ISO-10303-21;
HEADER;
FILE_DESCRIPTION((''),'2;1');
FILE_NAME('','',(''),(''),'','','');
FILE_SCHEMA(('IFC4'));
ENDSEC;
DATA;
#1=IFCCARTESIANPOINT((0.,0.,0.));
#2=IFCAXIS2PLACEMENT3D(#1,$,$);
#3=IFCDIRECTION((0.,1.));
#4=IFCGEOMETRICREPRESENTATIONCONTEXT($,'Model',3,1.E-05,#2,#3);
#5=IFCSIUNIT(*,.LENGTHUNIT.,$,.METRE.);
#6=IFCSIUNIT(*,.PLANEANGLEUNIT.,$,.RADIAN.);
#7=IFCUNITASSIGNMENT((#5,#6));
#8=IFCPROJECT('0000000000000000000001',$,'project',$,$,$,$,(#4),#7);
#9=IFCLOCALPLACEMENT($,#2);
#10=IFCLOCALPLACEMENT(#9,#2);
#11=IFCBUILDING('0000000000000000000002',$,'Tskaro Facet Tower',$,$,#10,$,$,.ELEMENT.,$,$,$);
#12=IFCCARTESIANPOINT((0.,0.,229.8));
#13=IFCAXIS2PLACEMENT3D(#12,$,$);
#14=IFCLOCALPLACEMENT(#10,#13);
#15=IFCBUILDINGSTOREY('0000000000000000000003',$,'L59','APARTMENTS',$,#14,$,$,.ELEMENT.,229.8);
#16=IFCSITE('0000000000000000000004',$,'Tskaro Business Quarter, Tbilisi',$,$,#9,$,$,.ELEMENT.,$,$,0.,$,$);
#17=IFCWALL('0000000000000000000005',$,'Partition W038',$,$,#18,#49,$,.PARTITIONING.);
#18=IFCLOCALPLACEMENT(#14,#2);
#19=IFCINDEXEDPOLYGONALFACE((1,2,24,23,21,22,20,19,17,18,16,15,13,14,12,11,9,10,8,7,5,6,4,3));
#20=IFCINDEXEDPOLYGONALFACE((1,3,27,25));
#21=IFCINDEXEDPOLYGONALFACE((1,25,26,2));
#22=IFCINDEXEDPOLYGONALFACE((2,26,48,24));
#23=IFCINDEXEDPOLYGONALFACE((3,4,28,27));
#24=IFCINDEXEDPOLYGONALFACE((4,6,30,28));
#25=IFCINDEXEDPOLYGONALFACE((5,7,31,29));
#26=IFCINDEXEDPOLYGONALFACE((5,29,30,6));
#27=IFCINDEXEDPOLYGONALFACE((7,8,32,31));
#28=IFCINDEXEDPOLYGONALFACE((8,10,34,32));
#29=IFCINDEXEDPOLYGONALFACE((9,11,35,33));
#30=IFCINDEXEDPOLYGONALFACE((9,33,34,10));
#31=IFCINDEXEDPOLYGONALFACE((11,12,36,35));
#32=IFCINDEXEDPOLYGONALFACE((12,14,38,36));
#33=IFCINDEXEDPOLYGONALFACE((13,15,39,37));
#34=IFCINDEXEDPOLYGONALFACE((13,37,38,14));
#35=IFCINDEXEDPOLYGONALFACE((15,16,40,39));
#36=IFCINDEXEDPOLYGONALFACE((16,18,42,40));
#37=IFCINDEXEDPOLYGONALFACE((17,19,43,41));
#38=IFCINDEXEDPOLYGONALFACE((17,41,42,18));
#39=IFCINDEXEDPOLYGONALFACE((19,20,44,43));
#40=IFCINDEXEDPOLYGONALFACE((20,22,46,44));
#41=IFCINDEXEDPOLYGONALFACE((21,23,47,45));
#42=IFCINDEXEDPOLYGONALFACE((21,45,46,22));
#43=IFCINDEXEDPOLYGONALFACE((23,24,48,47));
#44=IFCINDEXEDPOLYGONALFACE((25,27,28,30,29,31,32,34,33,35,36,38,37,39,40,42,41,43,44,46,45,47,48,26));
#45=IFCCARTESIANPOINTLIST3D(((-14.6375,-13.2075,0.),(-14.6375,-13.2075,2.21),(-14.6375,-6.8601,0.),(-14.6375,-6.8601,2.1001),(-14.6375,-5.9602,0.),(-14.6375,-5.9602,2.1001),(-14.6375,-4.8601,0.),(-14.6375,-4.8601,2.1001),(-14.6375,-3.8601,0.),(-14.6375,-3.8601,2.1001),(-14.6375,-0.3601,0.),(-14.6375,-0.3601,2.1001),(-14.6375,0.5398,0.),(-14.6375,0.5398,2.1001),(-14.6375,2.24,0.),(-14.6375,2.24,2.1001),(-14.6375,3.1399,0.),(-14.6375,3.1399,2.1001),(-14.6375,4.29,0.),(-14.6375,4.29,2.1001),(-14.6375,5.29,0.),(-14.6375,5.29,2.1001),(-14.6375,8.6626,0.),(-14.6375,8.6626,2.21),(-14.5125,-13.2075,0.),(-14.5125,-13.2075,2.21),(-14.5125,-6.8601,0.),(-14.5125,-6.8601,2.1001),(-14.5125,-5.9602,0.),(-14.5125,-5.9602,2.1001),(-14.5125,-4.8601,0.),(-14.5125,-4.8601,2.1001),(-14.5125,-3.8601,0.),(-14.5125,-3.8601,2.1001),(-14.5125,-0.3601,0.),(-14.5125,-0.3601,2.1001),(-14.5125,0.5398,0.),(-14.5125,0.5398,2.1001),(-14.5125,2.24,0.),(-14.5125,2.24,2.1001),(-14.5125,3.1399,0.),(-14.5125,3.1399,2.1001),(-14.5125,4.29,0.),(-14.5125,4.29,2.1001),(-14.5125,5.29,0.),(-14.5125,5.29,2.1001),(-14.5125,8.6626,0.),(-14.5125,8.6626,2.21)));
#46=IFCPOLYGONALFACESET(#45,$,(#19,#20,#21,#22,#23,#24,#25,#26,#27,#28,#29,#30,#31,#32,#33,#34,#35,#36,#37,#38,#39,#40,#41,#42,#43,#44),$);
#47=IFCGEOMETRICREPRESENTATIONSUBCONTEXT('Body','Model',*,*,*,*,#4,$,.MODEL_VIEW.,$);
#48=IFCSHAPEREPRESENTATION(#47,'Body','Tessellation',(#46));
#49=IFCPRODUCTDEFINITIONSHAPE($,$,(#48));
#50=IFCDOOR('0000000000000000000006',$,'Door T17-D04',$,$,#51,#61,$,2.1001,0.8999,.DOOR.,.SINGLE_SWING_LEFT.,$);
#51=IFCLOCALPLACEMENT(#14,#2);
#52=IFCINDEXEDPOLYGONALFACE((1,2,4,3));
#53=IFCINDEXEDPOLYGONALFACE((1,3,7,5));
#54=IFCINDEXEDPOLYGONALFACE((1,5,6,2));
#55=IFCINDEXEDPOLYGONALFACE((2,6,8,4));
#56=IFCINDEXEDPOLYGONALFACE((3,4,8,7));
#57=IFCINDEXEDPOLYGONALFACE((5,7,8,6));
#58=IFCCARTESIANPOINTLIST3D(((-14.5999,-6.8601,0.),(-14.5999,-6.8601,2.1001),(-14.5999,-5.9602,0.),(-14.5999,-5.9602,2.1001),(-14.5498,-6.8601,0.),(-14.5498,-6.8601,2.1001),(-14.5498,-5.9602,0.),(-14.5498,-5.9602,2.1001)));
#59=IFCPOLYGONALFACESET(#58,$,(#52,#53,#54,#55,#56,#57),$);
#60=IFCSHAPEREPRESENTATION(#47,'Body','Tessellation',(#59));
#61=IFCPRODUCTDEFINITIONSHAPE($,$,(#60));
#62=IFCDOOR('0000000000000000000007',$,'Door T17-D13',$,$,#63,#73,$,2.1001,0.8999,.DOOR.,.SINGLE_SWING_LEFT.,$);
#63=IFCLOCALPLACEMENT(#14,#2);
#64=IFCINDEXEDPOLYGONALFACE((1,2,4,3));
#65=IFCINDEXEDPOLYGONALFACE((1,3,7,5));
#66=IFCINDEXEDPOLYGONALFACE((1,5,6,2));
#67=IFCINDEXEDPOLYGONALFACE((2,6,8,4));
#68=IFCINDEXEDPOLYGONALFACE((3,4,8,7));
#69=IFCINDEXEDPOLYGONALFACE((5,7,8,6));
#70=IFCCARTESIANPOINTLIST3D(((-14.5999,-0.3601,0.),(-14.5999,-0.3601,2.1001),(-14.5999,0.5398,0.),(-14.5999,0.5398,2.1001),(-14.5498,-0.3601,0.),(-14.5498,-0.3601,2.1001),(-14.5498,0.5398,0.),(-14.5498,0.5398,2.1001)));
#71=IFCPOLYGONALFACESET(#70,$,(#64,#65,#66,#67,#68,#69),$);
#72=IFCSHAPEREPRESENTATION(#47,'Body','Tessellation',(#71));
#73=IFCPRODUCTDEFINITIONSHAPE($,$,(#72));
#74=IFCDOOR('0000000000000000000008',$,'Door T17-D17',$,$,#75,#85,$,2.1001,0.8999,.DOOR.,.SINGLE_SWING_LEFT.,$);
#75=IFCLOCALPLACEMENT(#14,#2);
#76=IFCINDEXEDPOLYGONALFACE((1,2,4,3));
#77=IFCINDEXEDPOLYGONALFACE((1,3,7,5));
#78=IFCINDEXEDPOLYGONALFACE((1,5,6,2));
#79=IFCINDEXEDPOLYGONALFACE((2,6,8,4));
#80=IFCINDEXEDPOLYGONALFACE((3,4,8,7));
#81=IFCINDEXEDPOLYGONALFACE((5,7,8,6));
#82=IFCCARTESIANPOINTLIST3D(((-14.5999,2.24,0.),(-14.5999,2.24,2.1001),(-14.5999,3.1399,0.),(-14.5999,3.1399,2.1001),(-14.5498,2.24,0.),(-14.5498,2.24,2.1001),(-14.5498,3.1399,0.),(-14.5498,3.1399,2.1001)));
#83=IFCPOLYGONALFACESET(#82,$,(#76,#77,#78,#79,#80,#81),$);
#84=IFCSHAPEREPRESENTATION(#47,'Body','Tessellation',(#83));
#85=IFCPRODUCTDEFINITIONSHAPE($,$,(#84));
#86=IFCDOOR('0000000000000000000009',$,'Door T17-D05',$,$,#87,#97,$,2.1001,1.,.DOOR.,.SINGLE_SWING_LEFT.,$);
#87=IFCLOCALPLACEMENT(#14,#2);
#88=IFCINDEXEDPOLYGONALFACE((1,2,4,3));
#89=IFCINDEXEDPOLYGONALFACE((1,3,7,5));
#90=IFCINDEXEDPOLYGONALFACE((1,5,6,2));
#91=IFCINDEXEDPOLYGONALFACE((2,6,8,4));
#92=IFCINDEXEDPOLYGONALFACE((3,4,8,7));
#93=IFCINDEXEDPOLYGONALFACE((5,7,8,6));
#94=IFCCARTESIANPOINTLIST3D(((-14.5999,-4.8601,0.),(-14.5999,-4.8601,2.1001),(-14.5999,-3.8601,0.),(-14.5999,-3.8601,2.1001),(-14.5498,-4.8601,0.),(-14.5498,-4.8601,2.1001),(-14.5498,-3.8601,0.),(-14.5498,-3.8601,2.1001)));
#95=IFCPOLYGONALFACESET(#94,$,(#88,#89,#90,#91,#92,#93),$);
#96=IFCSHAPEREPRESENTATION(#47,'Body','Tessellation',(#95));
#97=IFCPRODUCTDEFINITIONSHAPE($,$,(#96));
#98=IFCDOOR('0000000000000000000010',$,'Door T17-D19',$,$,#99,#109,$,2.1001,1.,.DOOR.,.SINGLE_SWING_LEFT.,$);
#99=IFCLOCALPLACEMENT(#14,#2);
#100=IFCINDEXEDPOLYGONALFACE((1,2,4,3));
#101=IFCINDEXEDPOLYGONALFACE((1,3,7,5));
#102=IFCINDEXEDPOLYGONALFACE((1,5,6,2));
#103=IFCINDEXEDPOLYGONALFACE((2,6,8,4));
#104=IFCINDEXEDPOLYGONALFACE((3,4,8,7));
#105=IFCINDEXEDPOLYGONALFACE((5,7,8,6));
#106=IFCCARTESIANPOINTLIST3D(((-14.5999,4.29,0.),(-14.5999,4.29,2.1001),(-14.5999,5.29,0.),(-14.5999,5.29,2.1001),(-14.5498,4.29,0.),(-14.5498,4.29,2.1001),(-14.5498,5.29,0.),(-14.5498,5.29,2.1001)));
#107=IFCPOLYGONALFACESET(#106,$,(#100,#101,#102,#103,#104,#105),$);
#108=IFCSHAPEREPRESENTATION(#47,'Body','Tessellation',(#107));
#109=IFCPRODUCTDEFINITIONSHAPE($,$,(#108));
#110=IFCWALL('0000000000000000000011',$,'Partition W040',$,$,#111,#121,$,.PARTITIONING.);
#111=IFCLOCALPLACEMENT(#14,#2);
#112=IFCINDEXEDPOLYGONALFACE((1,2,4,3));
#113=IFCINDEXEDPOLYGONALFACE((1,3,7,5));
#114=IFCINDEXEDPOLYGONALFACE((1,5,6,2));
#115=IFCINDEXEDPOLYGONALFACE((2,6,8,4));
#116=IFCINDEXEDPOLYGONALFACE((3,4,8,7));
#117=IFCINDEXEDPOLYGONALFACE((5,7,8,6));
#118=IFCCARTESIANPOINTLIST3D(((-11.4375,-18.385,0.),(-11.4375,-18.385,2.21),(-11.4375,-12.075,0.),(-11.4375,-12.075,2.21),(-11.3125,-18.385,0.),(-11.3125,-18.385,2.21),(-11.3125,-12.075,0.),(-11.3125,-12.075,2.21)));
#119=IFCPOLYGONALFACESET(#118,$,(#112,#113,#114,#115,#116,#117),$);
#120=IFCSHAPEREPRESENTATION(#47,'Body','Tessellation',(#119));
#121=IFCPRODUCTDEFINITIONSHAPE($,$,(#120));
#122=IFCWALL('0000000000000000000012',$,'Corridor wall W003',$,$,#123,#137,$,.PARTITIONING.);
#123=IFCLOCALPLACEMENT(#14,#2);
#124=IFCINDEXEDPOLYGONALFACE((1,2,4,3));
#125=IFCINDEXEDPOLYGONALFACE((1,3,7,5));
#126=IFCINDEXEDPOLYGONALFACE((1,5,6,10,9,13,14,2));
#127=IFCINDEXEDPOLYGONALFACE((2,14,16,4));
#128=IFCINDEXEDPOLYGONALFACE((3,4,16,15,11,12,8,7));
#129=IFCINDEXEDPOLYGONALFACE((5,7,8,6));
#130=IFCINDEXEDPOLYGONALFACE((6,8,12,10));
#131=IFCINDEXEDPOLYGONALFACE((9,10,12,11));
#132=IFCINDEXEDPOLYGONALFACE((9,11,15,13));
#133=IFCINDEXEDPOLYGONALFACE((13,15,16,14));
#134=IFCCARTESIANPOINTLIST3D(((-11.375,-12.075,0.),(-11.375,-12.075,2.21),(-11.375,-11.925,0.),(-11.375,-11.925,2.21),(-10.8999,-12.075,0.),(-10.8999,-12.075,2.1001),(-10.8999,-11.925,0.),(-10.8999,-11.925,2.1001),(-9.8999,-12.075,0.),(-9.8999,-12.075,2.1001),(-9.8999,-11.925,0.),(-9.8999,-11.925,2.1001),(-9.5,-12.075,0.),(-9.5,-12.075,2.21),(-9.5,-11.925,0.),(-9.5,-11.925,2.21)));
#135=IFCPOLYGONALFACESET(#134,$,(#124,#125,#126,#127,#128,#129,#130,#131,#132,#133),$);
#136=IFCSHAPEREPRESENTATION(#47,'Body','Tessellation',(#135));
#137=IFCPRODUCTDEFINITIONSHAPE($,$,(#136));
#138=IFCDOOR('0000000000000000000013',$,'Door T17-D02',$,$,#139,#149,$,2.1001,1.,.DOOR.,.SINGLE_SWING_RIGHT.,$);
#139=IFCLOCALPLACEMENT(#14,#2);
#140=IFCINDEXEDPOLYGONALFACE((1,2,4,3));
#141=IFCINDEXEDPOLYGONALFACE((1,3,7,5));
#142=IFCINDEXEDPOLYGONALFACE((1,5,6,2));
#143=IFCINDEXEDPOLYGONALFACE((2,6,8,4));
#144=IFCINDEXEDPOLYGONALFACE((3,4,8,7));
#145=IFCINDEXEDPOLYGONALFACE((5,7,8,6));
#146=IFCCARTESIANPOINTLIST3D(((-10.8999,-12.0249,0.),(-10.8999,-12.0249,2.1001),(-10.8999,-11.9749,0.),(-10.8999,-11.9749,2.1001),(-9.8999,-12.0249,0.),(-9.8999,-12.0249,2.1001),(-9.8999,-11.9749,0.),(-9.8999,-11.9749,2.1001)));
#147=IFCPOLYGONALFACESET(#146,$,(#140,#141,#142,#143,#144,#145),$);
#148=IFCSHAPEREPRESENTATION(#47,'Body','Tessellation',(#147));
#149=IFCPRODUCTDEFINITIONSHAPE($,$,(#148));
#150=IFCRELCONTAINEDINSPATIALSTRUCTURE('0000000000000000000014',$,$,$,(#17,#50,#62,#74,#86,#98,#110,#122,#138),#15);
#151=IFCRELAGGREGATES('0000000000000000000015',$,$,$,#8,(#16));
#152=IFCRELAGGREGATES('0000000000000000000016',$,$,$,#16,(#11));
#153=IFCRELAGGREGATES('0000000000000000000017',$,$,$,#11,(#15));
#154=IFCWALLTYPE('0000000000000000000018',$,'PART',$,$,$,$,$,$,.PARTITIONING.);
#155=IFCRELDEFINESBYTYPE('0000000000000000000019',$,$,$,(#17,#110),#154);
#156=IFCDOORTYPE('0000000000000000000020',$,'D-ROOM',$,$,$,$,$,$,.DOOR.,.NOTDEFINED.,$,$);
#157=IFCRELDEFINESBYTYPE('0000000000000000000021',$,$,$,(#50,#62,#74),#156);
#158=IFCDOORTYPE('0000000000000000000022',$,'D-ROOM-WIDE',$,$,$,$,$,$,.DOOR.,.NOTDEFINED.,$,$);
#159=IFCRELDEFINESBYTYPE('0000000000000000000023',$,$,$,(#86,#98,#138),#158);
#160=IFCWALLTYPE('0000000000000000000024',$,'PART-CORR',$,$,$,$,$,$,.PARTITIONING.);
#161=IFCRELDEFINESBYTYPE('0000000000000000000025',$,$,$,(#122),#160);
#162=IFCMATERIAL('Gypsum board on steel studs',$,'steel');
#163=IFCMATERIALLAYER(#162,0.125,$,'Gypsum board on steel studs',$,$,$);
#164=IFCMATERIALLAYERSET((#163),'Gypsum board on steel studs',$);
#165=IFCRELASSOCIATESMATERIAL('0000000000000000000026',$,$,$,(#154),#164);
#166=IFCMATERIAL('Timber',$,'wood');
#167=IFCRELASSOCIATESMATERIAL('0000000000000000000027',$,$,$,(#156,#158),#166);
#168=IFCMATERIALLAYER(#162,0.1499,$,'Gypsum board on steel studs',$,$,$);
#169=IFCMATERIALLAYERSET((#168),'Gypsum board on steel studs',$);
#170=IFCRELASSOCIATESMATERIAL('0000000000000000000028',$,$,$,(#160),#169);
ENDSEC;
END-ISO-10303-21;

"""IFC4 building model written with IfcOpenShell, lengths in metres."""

from ifc_helpers import new_model, si_unit, direction, frame, frame_2d, origin, place, context, subcontext, project, spatial, rectangle, extrude, material, layer, layer_set, type_object, element, fill, save


model = new_model("IFC4")

# Units and contexts
model_context = context("Model", 3, precision=1e-05, world=origin(), true_north=direction((0.0, 1.0)))
body_context = subcontext(model_context, "Body", "Model", "MODEL_VIEW")
ifc_project = project(units=[si_unit("LENGTHUNIT", "METRE"), si_unit("PLANEANGLEUNIT", "RADIAN")], contexts=[model_context])

# Site, building, storey
site_placement = place(None, origin())
site = spatial("IfcSite", under=ifc_project, at=site_placement, Name="Tskaro Business Quarter, Tbilisi", CompositionType="ELEMENT", RefElevation=0.0)
building_placement = place(site_placement, origin())
building = spatial("IfcBuilding", under=site, at=building_placement, Name="Tskaro Facet Tower", CompositionType="ELEMENT")
storey_placement = place(building_placement, frame((0.0, 0.0, 229.8)))
storey = spatial("IfcBuildingStorey", under=building, at=storey_placement, Name="L59", Description="APARTMENTS", CompositionType="ELEMENT", Elevation=229.8)

# Wall, openings, doors
ifc_material_1 = material(Name="Gypsum board on steel studs", Category="steel")
ifc_layer_1 = layer(ifc_material_1, 0.125, Name="Gypsum board on steel studs")
ifc_layer_set_1 = layer_set([ifc_layer_1], Name="Gypsum board on steel studs")
wall_type_1 = type_object("IfcWallType", Name="PART", PredefinedType="PARTITIONING", material=ifc_layer_set_1)
wall_1_placement = place(storey_placement, frame((-14.575, -13.2075, 0.0), z_axis=(0.0, 0.0, 1.0), x_axis=(0.0, 1.0, 0.0)))
wall_1 = element("IfcWall", 1, at=wall_1_placement, inside=storey, type_object=wall_type_1, Name="Partition W038", PredefinedType="PARTITIONING", context=body_context, shape_type="SweptSolid", body=[
    extrude(rectangle(XDim=21.8701, YDim=0.125, at=frame_2d((10.9351, 0.0))), origin(), (0.0, 0.0, 1.0), 2.21),
])
opening_1_placement = place(wall_1_placement, frame((6.3474, 0.0, 0.0)))
opening_1 = element("IfcOpeningElement", 2, at=opening_1_placement, cuts=wall_1, PredefinedType="OPENING", context=body_context, shape_type="SweptSolid", body=[
    extrude(rectangle(XDim=0.8999, YDim=2.1001, at=frame_2d((0.45, 1.05))), frame((0.0, 0.0725, 0.0), z_axis=(0.0, -1.0, 0.0), x_axis=(1.0, 0.0, 0.0)), (0.0, 0.0, 1.0), 0.145),
])
opening_2_placement = place(wall_1_placement, frame((8.3474, 0.0, 0.0)))
opening_2 = element("IfcOpeningElement", 3, at=opening_2_placement, cuts=wall_1, PredefinedType="OPENING", context=body_context, shape_type="SweptSolid", body=[
    extrude(rectangle(XDim=1.0, YDim=2.1001, at=frame_2d((0.5, 1.05))), frame((0.0, 0.0725, 0.0), z_axis=(0.0, -1.0, 0.0), x_axis=(1.0, 0.0, 0.0)), (0.0, 0.0, 1.0), 0.145),
])
opening_3_placement = place(wall_1_placement, frame((12.8474, 0.0, 0.0)))
opening_3 = element("IfcOpeningElement", 4, at=opening_3_placement, cuts=wall_1, PredefinedType="OPENING", context=body_context, shape_type="SweptSolid", body=[
    extrude(rectangle(XDim=0.8999, YDim=2.1001, at=frame_2d((0.45, 1.05))), frame((0.0, 0.0725, 0.0), z_axis=(0.0, -1.0, 0.0), x_axis=(1.0, 0.0, 0.0)), (0.0, 0.0, 1.0), 0.145),
])
opening_4_placement = place(wall_1_placement, frame((17.4976, 0.0, 0.0)))
opening_4 = element("IfcOpeningElement", 5, at=opening_4_placement, cuts=wall_1, PredefinedType="OPENING", context=body_context, shape_type="SweptSolid", body=[
    extrude(rectangle(XDim=1.0, YDim=2.1001, at=frame_2d((0.5, 1.05))), frame((0.0, 0.0725, 0.0), z_axis=(0.0, -1.0, 0.0), x_axis=(1.0, 0.0, 0.0)), (0.0, 0.0, 1.0), 0.145),
])
opening_5_placement = place(wall_1_placement, frame((15.4475, 0.0, 0.0)))
opening_5 = element("IfcOpeningElement", 6, at=opening_5_placement, cuts=wall_1, PredefinedType="OPENING", context=body_context, shape_type="SweptSolid", body=[
    extrude(rectangle(XDim=0.8999, YDim=2.1001, at=frame_2d((0.45, 1.05))), frame((0.0, 0.0725, 0.0), z_axis=(0.0, -1.0, 0.0), x_axis=(1.0, 0.0, 0.0)), (0.0, 0.0, 1.0), 0.145),
])
ifc_material_2 = material(Name="Timber", Category="wood")
door_type_1 = type_object("IfcDoorType", Name="D-ROOM", OperationType="NOTDEFINED", PredefinedType="DOOR", material=ifc_material_2)
door_1_placement = place(opening_1_placement, origin())
door_1 = element("IfcDoor", 7, at=door_1_placement, inside=storey, type_object=door_type_1, Name="Door T17-D04", OperationType="SINGLE_SWING_LEFT", OverallHeight=2.1001, OverallWidth=0.8999, PredefinedType="DOOR", context=body_context, shape_type="SweptSolid", body=[
    extrude(rectangle(XDim=0.8999, YDim=2.1001, at=frame_2d((0.45, 1.05))), frame((0.0, 0.0249, 0.0), z_axis=(0.0, -1.0, 0.0), x_axis=(1.0, 0.0, 0.0)), (0.0, 0.0, 1.0), 0.05),
])
fill(opening_1, door_1)
door_2_placement = place(opening_3_placement, origin())
door_2 = element("IfcDoor", 8, at=door_2_placement, inside=storey, type_object=door_type_1, Name="Door T17-D13", OperationType="SINGLE_SWING_LEFT", OverallHeight=2.1001, OverallWidth=0.8999, PredefinedType="DOOR", context=body_context, shape_type="SweptSolid", body=[
    extrude(rectangle(XDim=0.8999, YDim=2.1001, at=frame_2d((0.45, 1.05))), frame((0.0, 0.0249, 0.0), z_axis=(0.0, -1.0, 0.0), x_axis=(1.0, 0.0, 0.0)), (0.0, 0.0, 1.0), 0.05),
])
fill(opening_3, door_2)
door_3_placement = place(opening_5_placement, origin())
door_3 = element("IfcDoor", 9, at=door_3_placement, inside=storey, type_object=door_type_1, Name="Door T17-D17", OperationType="SINGLE_SWING_LEFT", OverallHeight=2.1001, OverallWidth=0.8999, PredefinedType="DOOR", context=body_context, shape_type="SweptSolid", body=[
    extrude(rectangle(XDim=0.8999, YDim=2.1001, at=frame_2d((0.45, 1.05))), frame((0.0, 0.0249, 0.0), z_axis=(0.0, -1.0, 0.0), x_axis=(1.0, 0.0, 0.0)), (0.0, 0.0, 1.0), 0.05),
])
fill(opening_5, door_3)
door_type_2 = type_object("IfcDoorType", Name="D-ROOM-WIDE", OperationType="NOTDEFINED", PredefinedType="DOOR", material=ifc_material_2)
door_4_placement = place(opening_2_placement, origin())
door_4 = element("IfcDoor", 10, at=door_4_placement, inside=storey, type_object=door_type_2, Name="Door T17-D05", OperationType="SINGLE_SWING_LEFT", OverallHeight=2.1001, OverallWidth=1.0, PredefinedType="DOOR", context=body_context, shape_type="SweptSolid", body=[
    extrude(rectangle(XDim=1.0, YDim=2.1001, at=frame_2d((0.5, 1.05))), frame((0.0, 0.0249, 0.0), z_axis=(0.0, -1.0, 0.0), x_axis=(1.0, 0.0, 0.0)), (0.0, 0.0, 1.0), 0.05),
])
fill(opening_2, door_4)
door_5_placement = place(opening_4_placement, origin())
door_5 = element("IfcDoor", 11, at=door_5_placement, inside=storey, type_object=door_type_2, Name="Door T17-D19", OperationType="SINGLE_SWING_LEFT", OverallHeight=2.1001, OverallWidth=1.0, PredefinedType="DOOR", context=body_context, shape_type="SweptSolid", body=[
    extrude(rectangle(XDim=1.0, YDim=2.1001, at=frame_2d((0.5, 1.05))), frame((0.0, 0.0249, 0.0), z_axis=(0.0, -1.0, 0.0), x_axis=(1.0, 0.0, 0.0)), (0.0, 0.0, 1.0), 0.05),
])
fill(opening_4, door_5)

# Wall
wall_2_placement = place(storey_placement, frame((-11.375, -18.385, 0.0), z_axis=(0.0, 0.0, 1.0), x_axis=(0.0, 1.0, 0.0)))
element("IfcWall", 12, at=wall_2_placement, inside=storey, type_object=wall_type_1, Name="Partition W040", PredefinedType="PARTITIONING", context=body_context, shape_type="SweptSolid", body=[
    extrude(rectangle(XDim=6.3101, YDim=0.125, at=frame_2d((3.155, 0.0))), origin(), (0.0, 0.0, 1.0), 2.21),
])

# Wall, opening, door
ifc_layer_2 = layer(ifc_material_1, 0.1499, Name="Gypsum board on steel studs")
ifc_layer_set_2 = layer_set([ifc_layer_2], Name="Gypsum board on steel studs")
wall_type_2 = type_object("IfcWallType", Name="PART-CORR", PredefinedType="PARTITIONING", material=ifc_layer_set_2)
wall_3_placement = place(storey_placement, frame((-9.5, -12.0, 0.0), z_axis=(0.0, 0.0, 1.0), x_axis=(-1.0, 0.0, 0.0)))
wall_3 = element("IfcWall", 13, at=wall_3_placement, inside=storey, type_object=wall_type_2, Name="Corridor wall W003", PredefinedType="PARTITIONING", context=body_context, shape_type="SweptSolid", body=[
    extrude(rectangle(XDim=1.875, YDim=0.1499, at=frame_2d((0.9375, 0.0))), origin(), (0.0, 0.0, 1.0), 2.21),
])
opening_6_placement = place(wall_3_placement, frame((0.3999, 0.0, 0.0)))
opening_6 = element("IfcOpeningElement", 14, at=opening_6_placement, cuts=wall_3, PredefinedType="OPENING", context=body_context, shape_type="SweptSolid", body=[
    extrude(rectangle(XDim=1.0, YDim=2.1001, at=frame_2d((0.5, 1.05))), frame((0.0, 0.085, 0.0), z_axis=(0.0, -1.0, 0.0), x_axis=(1.0, 0.0, 0.0)), (0.0, 0.0, 1.0), 0.1699),
])
door_6_placement = place(opening_6_placement, origin())
door_6 = element("IfcDoor", 15, at=door_6_placement, inside=storey, type_object=door_type_2, Name="Door T17-D02", OperationType="SINGLE_SWING_RIGHT", OverallHeight=2.1001, OverallWidth=1.0, PredefinedType="DOOR", context=body_context, shape_type="SweptSolid", body=[
    extrude(rectangle(XDim=1.0, YDim=2.1001, at=frame_2d((0.5, 1.05))), frame((0.0, 0.0249, 0.0), z_axis=(0.0, -1.0, 0.0), x_axis=(1.0, 0.0, 0.0)), (0.0, 0.0, 1.0), 0.05),
])
fill(opening_6, door_6)

save(model, "model.ifc")
